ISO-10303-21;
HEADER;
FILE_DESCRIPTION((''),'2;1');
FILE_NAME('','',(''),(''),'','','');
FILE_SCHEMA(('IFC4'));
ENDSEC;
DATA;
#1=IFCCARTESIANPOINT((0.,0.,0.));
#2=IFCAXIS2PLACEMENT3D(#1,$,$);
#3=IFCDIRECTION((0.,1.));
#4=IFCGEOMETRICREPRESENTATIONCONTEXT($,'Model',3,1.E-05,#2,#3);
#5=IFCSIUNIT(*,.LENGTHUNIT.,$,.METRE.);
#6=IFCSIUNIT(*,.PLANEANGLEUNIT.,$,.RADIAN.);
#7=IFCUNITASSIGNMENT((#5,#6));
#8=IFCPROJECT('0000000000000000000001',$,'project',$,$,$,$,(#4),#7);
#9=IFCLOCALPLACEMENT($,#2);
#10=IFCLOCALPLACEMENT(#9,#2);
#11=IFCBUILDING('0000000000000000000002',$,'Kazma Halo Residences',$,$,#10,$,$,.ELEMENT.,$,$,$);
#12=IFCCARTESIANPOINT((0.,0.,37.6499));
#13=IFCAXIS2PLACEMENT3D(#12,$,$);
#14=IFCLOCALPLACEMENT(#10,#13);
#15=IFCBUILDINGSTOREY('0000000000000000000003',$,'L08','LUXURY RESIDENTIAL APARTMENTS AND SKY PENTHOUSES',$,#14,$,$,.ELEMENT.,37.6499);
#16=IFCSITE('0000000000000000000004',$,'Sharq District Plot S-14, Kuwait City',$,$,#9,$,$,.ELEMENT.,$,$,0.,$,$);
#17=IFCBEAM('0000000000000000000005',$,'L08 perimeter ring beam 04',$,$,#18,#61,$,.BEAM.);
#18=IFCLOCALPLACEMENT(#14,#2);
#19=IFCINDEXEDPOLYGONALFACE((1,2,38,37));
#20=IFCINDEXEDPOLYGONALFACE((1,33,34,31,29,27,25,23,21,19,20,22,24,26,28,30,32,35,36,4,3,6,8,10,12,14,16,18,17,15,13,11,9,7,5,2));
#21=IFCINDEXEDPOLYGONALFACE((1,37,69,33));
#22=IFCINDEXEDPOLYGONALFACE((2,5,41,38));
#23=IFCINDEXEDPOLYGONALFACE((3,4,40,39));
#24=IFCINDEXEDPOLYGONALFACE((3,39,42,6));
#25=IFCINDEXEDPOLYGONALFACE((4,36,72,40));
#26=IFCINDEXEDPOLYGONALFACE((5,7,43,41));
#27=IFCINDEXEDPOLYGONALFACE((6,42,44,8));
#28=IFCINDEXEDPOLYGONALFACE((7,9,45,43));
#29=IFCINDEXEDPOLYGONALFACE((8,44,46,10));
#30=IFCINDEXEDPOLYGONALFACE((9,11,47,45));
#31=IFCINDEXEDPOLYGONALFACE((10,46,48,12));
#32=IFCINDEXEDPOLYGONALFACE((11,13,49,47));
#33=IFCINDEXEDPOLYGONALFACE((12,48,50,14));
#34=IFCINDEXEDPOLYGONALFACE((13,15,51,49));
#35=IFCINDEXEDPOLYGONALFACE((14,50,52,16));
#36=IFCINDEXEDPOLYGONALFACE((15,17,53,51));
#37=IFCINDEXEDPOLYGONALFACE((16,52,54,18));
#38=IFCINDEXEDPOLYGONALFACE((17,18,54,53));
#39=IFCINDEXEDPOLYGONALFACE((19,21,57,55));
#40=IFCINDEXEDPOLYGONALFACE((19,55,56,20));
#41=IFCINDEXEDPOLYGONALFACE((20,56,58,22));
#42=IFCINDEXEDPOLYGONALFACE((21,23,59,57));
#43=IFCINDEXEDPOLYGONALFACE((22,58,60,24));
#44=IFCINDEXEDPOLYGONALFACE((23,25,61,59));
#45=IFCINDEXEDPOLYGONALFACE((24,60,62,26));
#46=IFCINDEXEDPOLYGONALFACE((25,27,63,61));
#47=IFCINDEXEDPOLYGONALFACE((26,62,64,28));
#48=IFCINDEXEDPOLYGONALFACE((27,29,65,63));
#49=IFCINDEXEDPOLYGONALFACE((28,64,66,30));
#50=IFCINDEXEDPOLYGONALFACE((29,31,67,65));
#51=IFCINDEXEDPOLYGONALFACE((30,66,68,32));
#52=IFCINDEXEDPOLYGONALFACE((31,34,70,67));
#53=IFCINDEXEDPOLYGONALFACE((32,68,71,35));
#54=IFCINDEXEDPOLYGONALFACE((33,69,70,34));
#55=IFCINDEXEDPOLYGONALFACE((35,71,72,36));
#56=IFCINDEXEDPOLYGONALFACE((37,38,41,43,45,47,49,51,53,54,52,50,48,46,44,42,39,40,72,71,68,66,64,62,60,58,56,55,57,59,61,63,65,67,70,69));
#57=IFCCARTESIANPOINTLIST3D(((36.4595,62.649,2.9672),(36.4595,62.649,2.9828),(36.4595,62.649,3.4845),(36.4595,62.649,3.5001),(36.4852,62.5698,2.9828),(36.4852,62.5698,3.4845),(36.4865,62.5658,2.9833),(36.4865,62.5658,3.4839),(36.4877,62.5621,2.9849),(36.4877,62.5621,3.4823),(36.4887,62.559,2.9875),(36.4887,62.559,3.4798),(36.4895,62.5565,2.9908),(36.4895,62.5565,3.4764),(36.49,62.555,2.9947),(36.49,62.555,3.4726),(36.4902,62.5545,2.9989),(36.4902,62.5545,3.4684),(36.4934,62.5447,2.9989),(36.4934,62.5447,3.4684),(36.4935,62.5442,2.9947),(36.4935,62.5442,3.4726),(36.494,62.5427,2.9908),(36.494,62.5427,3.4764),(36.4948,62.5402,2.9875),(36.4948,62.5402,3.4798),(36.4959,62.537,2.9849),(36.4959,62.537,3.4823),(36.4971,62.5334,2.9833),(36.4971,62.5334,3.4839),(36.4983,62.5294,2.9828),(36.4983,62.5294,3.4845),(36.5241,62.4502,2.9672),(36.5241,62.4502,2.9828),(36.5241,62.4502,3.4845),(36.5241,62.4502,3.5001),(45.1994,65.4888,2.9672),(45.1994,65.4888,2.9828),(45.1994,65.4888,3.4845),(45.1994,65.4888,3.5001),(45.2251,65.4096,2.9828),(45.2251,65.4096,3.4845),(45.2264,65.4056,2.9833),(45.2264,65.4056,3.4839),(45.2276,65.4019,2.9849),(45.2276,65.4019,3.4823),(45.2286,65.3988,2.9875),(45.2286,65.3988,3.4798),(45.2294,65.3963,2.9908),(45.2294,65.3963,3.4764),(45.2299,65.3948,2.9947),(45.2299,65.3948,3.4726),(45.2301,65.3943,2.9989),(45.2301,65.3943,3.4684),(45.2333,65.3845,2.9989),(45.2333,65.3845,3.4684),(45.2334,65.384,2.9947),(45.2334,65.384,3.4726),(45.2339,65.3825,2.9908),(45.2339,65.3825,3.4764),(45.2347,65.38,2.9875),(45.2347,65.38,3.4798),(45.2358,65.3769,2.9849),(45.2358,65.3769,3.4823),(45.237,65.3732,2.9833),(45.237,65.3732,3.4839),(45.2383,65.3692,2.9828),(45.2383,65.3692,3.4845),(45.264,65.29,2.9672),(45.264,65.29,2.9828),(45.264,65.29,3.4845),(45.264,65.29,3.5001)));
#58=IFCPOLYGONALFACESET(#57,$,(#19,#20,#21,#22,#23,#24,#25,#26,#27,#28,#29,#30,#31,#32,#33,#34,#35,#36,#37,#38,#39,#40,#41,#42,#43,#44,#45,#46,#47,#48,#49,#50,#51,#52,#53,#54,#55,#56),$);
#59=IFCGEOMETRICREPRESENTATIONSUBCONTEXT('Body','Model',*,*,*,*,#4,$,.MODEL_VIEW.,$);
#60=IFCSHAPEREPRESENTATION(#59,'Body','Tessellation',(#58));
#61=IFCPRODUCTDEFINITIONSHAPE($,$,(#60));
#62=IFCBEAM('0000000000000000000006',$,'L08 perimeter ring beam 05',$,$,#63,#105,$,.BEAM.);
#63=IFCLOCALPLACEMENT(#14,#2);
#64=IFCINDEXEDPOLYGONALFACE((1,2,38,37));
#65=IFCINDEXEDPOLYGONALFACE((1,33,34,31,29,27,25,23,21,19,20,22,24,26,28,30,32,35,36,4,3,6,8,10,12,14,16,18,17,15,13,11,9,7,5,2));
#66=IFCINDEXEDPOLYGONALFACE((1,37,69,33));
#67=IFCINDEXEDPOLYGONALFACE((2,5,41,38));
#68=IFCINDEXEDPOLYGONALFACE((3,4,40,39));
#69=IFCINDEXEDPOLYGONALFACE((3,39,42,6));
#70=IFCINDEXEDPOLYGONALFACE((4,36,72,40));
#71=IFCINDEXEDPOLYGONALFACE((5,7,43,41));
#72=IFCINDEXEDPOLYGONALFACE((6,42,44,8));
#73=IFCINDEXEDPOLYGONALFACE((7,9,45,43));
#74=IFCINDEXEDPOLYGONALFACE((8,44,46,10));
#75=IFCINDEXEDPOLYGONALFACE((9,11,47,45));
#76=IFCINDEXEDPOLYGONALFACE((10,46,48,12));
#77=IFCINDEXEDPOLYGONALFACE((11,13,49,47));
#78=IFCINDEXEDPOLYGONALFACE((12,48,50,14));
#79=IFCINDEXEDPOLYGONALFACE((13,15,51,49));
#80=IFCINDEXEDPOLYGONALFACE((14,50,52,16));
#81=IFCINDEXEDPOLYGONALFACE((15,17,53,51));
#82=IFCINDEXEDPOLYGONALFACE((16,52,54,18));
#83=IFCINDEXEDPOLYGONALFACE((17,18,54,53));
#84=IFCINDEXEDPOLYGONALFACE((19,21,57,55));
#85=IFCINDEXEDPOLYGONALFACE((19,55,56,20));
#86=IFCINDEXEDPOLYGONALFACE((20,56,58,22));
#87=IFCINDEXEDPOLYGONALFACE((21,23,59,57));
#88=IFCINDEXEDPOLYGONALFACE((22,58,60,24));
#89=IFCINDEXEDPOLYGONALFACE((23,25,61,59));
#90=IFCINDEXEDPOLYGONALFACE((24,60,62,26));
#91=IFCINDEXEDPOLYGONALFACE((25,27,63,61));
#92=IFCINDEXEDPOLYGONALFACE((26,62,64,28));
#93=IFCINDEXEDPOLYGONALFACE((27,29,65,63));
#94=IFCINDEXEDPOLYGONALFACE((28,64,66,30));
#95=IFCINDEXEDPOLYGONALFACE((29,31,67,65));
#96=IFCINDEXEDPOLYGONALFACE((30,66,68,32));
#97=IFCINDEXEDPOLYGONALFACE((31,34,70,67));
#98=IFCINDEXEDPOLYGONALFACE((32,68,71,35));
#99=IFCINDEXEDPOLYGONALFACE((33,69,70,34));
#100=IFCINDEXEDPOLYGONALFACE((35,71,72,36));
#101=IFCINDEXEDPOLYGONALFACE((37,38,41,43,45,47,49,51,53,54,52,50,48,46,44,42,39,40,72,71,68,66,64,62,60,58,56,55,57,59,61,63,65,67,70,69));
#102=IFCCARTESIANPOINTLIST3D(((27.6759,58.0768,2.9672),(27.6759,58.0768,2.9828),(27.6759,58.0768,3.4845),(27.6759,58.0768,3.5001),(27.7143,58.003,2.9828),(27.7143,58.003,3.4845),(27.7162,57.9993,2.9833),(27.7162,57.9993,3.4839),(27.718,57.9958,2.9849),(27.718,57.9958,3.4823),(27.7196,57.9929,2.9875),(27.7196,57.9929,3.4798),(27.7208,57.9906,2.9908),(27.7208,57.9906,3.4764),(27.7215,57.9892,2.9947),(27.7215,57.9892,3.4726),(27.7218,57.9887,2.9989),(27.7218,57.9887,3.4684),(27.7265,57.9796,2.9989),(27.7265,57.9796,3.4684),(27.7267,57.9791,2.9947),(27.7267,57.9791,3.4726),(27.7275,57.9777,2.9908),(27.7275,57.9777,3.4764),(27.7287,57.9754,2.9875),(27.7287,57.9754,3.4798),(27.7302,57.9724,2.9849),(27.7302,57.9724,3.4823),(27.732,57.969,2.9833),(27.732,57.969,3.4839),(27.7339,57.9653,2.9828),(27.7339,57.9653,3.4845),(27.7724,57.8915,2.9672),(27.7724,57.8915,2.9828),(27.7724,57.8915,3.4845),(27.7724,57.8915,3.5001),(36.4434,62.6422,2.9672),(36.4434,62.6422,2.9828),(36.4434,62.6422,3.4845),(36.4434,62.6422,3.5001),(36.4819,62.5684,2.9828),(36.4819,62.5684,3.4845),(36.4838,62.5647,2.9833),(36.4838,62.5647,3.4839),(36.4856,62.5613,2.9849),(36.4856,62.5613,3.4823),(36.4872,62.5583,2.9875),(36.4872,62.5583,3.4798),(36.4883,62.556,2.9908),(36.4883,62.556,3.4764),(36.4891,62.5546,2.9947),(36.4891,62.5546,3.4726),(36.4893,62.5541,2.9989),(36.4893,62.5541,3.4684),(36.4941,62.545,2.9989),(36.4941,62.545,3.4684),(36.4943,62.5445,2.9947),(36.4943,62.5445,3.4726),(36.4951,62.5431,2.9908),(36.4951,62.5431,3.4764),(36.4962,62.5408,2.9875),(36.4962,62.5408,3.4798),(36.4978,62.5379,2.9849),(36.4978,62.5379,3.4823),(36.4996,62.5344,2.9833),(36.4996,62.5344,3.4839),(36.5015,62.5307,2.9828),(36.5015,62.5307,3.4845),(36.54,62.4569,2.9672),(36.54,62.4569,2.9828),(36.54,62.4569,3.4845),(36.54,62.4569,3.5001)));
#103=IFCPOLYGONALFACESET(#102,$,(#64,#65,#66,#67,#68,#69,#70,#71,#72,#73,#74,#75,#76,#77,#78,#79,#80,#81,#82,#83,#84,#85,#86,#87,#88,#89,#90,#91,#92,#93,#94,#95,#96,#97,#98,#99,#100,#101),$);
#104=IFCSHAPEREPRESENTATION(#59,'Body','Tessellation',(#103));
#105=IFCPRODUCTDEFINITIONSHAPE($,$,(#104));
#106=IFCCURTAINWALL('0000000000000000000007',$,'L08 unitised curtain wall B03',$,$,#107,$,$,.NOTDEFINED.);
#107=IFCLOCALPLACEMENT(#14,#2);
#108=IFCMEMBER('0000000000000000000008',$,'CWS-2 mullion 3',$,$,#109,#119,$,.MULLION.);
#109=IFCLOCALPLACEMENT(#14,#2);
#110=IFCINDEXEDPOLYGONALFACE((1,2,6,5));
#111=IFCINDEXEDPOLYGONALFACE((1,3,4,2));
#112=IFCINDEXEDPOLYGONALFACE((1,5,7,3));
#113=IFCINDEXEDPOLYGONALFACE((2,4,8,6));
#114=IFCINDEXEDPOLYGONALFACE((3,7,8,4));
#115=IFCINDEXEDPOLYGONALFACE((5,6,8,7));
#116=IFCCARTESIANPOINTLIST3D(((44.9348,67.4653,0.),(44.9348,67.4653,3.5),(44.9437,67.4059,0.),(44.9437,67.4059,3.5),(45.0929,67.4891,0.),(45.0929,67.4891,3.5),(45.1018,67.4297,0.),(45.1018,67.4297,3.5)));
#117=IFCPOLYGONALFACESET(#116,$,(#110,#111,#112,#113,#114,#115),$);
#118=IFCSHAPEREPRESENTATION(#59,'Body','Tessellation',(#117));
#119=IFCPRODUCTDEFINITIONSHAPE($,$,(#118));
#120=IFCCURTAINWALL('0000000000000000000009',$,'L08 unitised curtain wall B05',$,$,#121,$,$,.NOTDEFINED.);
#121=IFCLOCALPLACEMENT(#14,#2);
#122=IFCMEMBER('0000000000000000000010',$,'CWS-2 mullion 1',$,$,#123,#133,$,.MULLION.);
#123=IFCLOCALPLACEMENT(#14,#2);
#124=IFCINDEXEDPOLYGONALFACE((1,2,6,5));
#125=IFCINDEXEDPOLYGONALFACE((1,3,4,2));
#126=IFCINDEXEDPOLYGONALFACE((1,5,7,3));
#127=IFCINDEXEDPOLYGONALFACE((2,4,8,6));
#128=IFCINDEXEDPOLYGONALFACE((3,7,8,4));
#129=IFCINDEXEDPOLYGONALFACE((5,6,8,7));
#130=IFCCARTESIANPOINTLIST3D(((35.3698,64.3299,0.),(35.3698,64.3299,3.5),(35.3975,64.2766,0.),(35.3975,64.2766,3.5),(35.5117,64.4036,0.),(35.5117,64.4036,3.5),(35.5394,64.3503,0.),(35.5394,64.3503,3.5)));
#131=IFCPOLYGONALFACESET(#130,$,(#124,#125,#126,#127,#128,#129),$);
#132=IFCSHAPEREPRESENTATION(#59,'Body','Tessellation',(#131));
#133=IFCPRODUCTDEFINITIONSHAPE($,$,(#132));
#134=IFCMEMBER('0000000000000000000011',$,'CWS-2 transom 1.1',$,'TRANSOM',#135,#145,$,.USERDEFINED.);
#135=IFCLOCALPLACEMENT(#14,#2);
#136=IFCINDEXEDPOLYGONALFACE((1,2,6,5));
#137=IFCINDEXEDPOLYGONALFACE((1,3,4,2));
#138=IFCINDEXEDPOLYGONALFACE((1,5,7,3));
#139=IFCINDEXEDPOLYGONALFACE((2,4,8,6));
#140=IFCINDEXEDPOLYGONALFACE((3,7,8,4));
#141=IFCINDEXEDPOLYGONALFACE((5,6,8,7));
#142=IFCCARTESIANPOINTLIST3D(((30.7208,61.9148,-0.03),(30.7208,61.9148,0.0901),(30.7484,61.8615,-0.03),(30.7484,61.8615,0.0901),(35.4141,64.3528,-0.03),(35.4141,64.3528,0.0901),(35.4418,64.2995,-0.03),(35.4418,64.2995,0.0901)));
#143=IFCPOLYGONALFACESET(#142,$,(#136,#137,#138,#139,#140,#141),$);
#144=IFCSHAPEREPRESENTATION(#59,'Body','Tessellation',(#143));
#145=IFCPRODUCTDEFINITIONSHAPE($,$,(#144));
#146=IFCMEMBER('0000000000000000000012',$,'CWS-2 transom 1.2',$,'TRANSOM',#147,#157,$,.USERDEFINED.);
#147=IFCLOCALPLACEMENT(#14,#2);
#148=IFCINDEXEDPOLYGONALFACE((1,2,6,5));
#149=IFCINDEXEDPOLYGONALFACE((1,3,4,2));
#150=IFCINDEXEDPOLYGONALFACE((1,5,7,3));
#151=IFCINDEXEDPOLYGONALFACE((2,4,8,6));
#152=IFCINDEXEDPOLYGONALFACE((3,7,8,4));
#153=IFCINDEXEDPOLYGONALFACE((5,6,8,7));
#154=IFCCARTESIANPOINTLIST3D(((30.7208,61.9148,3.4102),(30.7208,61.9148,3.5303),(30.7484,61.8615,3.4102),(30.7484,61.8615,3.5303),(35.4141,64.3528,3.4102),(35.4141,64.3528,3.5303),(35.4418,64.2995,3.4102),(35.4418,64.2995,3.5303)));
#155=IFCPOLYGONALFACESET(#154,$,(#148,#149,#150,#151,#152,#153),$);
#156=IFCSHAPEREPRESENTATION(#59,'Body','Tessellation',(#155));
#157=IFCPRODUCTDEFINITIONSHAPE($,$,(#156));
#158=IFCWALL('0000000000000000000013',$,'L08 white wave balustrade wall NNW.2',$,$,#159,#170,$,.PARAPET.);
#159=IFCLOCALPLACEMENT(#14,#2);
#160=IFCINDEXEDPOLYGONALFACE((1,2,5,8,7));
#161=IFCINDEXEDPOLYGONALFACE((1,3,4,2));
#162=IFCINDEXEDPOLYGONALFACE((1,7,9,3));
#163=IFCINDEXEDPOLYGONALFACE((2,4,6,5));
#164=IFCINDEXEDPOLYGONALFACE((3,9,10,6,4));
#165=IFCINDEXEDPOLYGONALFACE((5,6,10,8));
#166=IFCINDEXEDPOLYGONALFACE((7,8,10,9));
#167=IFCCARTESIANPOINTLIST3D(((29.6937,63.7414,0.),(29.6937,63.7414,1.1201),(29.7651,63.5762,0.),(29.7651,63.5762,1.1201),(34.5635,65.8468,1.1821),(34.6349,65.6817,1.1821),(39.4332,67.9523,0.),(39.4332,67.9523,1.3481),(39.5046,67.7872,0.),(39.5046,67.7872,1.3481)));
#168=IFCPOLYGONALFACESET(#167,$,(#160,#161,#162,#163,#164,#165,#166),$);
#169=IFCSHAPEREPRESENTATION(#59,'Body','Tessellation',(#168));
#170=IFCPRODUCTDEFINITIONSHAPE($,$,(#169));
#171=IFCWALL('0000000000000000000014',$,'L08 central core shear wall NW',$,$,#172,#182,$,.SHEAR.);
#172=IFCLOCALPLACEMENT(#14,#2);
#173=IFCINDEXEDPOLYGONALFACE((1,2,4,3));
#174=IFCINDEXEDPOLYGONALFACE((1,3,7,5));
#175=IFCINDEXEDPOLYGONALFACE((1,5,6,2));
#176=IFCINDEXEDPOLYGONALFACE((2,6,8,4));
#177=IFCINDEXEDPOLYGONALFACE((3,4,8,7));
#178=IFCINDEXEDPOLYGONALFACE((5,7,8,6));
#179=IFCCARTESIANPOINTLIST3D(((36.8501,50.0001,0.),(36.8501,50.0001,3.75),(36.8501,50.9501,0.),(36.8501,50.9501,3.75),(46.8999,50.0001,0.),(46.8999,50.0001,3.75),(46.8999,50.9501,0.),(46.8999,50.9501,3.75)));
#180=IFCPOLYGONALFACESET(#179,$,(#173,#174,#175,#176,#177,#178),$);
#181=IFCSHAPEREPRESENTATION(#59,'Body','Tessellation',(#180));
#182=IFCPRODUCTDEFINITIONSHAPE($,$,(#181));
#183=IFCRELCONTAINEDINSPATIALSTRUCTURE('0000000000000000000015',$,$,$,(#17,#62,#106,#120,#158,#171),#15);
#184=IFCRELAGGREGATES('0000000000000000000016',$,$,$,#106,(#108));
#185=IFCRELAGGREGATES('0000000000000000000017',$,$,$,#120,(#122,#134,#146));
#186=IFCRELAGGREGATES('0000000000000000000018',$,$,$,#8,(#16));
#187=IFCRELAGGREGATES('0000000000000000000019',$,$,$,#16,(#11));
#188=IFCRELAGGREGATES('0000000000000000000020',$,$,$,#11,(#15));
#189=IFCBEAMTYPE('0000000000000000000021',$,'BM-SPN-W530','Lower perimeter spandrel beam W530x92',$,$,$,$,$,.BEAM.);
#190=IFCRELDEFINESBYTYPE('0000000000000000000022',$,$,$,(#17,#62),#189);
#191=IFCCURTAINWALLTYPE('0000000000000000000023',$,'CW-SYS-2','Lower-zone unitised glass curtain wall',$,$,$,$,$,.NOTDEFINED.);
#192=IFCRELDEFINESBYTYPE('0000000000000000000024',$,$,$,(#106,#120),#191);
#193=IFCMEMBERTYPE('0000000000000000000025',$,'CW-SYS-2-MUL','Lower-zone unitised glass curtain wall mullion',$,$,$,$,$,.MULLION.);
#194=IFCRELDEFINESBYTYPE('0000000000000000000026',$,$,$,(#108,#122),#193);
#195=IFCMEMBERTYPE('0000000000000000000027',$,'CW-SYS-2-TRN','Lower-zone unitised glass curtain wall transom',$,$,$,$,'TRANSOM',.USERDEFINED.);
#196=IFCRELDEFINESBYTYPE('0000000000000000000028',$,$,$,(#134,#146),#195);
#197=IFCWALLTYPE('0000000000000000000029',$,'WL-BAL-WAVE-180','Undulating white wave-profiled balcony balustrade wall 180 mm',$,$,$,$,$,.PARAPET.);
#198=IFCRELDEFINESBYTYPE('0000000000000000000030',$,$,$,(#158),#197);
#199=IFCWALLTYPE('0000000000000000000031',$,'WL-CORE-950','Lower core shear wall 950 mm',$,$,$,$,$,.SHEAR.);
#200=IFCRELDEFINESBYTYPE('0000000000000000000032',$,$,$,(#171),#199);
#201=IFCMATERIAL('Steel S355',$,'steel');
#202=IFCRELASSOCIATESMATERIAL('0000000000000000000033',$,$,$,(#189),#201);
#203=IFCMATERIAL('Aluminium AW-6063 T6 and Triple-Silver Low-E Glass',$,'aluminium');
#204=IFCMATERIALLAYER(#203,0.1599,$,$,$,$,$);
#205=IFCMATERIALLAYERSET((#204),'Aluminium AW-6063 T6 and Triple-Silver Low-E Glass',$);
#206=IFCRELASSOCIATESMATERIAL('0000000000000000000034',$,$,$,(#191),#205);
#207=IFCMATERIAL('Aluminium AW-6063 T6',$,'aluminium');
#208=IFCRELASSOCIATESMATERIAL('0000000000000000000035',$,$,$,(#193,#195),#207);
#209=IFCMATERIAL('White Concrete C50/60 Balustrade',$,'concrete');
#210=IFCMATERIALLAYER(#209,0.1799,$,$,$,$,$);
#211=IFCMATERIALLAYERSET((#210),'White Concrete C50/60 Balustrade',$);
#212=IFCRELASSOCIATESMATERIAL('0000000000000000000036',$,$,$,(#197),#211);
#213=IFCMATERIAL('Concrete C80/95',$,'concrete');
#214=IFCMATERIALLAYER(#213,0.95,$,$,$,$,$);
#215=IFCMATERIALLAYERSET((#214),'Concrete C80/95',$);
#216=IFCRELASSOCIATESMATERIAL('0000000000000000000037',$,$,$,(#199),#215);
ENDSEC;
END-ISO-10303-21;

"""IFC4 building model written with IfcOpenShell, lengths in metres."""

from ifc_helpers import new_model, si_unit, direction, frame, frame_2d, origin, origin_2d, place, context, subcontext, project, spatial, polyline, rectangle, i_section, outline, extrude, material, layer, layer_set, material_profile, profile_set, type_object, element, aggregate, save


model = new_model("IFC4")

# Units and contexts
model_context = context("Model", 3, precision=1e-05, world=origin(), true_north=direction((0.0, 1.0)))
body_context = subcontext(model_context, "Body", "Model", "MODEL_VIEW")
ifc_project = project(units=[si_unit("LENGTHUNIT", "METRE"), si_unit("PLANEANGLEUNIT", "RADIAN")], contexts=[model_context])

# Site, building, storey
site_placement = place(None, origin())
site = spatial("IfcSite", under=ifc_project, at=site_placement, Name="Sharq District Plot S-14, Kuwait City", CompositionType="ELEMENT", RefElevation=0.0)
building_placement = place(site_placement, origin())
building = spatial("IfcBuilding", under=site, at=building_placement, Name="Kazma Halo Residences", CompositionType="ELEMENT")
storey_placement = place(building_placement, frame((0.0, 0.0, 37.6499)))
storey = spatial("IfcBuildingStorey", under=building, at=storey_placement, Name="L08", Description="LUXURY RESIDENTIAL APARTMENTS AND SKY PENTHOUSES", CompositionType="ELEMENT", Elevation=37.6499)

# Shared definitions
ifc_material_1 = material(Name="Concrete C80/95", Category="concrete")

# Beams
ifc_material_2 = material(Name="Steel S355", Category="steel")
ifc_material_profile_1 = material_profile(ifc_material_2, i_section(OverallWidth=0.209, OverallDepth=0.533, WebThickness=0.0103, FlangeThickness=0.0156, FilletRadius=0.0161, at=origin_2d()), Name="W530x92")
ifc_profile_set_1 = profile_set([ifc_material_profile_1], Name="Steel S355")
beam_type_1 = type_object("IfcBeamType", Name="BM-SPN-W530", Description="Lower perimeter spandrel beam W530x92", PredefinedType="BEAM", material=ifc_profile_set_1)
beam_1_placement = place(storey_placement, frame((45.2317, 65.3894, 3.2336), z_axis=(-0.951055, -0.309022, 0.0), x_axis=(0.309022, -0.951055, 0.0)))
element("IfcBeam", 1, at=beam_1_placement, inside=storey, type_object=beam_type_1, Name="L08 perimeter ring beam 04", PredefinedType="BEAM", context=body_context, shape_type="SweptSolid", body=[
    extrude(i_section(OverallWidth=0.209, OverallDepth=0.533, WebThickness=0.0103, FlangeThickness=0.0156, FilletRadius=0.0161, at=origin_2d()), origin(), (0.0, 0.0, 1.0), 9.1897),
])
beam_2_placement = place(storey_placement, frame((36.4917, 62.5496, 3.2336), z_axis=(-0.886956, -0.461853, 0.0), x_axis=(0.461853, -0.886956, 0.0)))
element("IfcBeam", 2, at=beam_2_placement, inside=storey, type_object=beam_type_1, Name="L08 perimeter ring beam 05", PredefinedType="BEAM", context=body_context, shape_type="SweptSolid", body=[
    extrude(i_section(OverallWidth=0.209, OverallDepth=0.533, WebThickness=0.0103, FlangeThickness=0.0156, FilletRadius=0.0161, at=origin_2d()), origin(), (0.0, 0.0, 1.0), 9.885),
])

# Curtain wall, member
ifc_material_3 = material(Name="Aluminium AW-6063 T6 and Triple-Silver Low-E Glass", Category="aluminium")
ifc_layer_1 = layer(ifc_material_3, 0.1599)
ifc_layer_set_1 = layer_set([ifc_layer_1], Name="Aluminium AW-6063 T6 and Triple-Silver Low-E Glass")
curtain_wall_type = type_object("IfcCurtainWallType", Name="CW-SYS-2", Description="Lower-zone unitised glass curtain wall", PredefinedType="NOTDEFINED", material=ifc_layer_set_1)
curtain_wall_1_placement = place(storey_placement, origin())
curtain_wall_1 = element("IfcCurtainWall", 3, at=curtain_wall_1_placement, inside=storey, type_object=curtain_wall_type, Name="L08 unitised curtain wall B03", PredefinedType="NOTDEFINED")
ifc_material_4 = material(Name="Aluminium AW-6063 T6", Category="aluminium")
ifc_material_profile_2 = material_profile(ifc_material_4, rectangle(XDim=0.0601, YDim=0.1599, at=origin_2d()), Name="CWM-60x160")
ifc_profile_set_2 = profile_set([ifc_material_profile_2], Name="Aluminium AW-6063 T6")
member_type_1 = type_object("IfcMemberType", Name="CW-SYS-2-MUL", Description="Lower-zone unitised glass curtain wall mullion", PredefinedType="MULLION", material=ifc_profile_set_2)
member_1_placement = place(storey_placement, frame((45.0183, 67.4475, 0.0), z_axis=(0.0, 0.0, 1.0), x_axis=(0.148657, -0.988889, 0.0)))
member_1 = element("IfcMember", 4, at=member_1_placement, type_object=member_type_1, Name="CWS-2 mullion 3", PredefinedType="MULLION", context=body_context, shape_type="SweptSolid", body=[
    extrude(rectangle(XDim=0.0601, YDim=0.1599, at=origin_2d()), origin(), (0.0, 0.0, 1.0), 3.5),
])
aggregate(curtain_wall_1, [member_1])

# Curtain wall, members
curtain_wall_2_placement = place(storey_placement, origin())
curtain_wall_2 = element("IfcCurtainWall", 5, at=curtain_wall_2_placement, inside=storey, type_object=curtain_wall_type, Name="L08 unitised curtain wall B05", PredefinedType="NOTDEFINED")
member_2_placement = place(storey_placement, frame((35.4546, 64.3401, 0.0), z_axis=(0.0, 0.0, 1.0), x_axis=(0.460996, -0.887402, 0.0)))
member_2 = element("IfcMember", 6, at=member_2_placement, type_object=member_type_1, Name="CWS-2 mullion 1", PredefinedType="MULLION", context=body_context, shape_type="SweptSolid", body=[
    extrude(rectangle(XDim=0.0601, YDim=0.1599, at=origin_2d()), origin(), (0.0, 0.0, 1.0), 3.5),
])
ifc_material_profile_3 = material_profile(ifc_material_4, rectangle(XDim=0.0601, YDim=0.1201, at=origin_2d()), Name="CWT-60x120")
ifc_profile_set_3 = profile_set([ifc_material_profile_3], Name="Aluminium AW-6063 T6")
member_type_2 = type_object("IfcMemberType", Name="CW-SYS-2-TRN", Description="Lower-zone unitised glass curtain wall transom", ElementType="TRANSOM", PredefinedType="USERDEFINED", material=ifc_profile_set_3)
member_3_placement = place(storey_placement, frame((35.428, 64.3262, 0.03), z_axis=(-0.887415, -0.460972, 0.0), x_axis=(0.460972, -0.887415, 0.0)))
member_3 = element("IfcMember", 7, at=member_3_placement, type_object=member_type_2, Name="CWS-2 transom 1.1", ObjectType="TRANSOM", PredefinedType="USERDEFINED", context=body_context, shape_type="SweptSolid", body=[
    extrude(rectangle(XDim=0.0601, YDim=0.1201, at=origin_2d()), origin(), (0.0, 0.0, 1.0), 5.2888),
])
member_4_placement = place(storey_placement, frame((35.428, 64.3262, 3.4702), z_axis=(-0.887415, -0.460972, 0.0), x_axis=(0.460972, -0.887415, 0.0)))
member_4 = element("IfcMember", 8, at=member_4_placement, type_object=member_type_2, Name="CWS-2 transom 1.2", ObjectType="TRANSOM", PredefinedType="USERDEFINED", context=body_context, shape_type="SweptSolid", body=[
    extrude(rectangle(XDim=0.0601, YDim=0.1201, at=origin_2d()), origin(), (0.0, 0.0, 1.0), 5.2888),
])
aggregate(curtain_wall_2, [member_2, member_3, member_4])

# Walls
ifc_material_5 = material(Name="White Concrete C50/60 Balustrade", Category="concrete")
ifc_layer_2 = layer(ifc_material_5, 0.1799)
ifc_layer_set_2 = layer_set([ifc_layer_2], Name="White Concrete C50/60 Balustrade")
wall_type_1 = type_object("IfcWallType", Name="WL-BAL-WAVE-180", Description="Undulating white wave-profiled balcony balustrade wall 180 mm", PredefinedType="PARAPET", material=ifc_layer_set_2)
wall_1_placement = place(storey_placement, frame((39.469, 67.8696, 0.0), z_axis=(0.0, 0.0, 1.0), x_axis=(-0.917882, -0.396852, 0.0)))
element("IfcWall", 9, at=wall_1_placement, inside=storey, type_object=wall_type_1, Name="L08 white wave balustrade wall NNW.2", PredefinedType="PARAPET", context=body_context, shape_type="SweptSolid", body=[
    extrude(outline(polyline([(0.0, 0.0), (10.6108, 0.0), (10.6108, 1.1201), (5.3054, 1.1821), (0.0, 1.3481), (0.0, 0.0)])), frame((0.0, 0.0898, 0.0), z_axis=(0.0, -1.0, 0.0), x_axis=(1.0, 0.0, 0.0)), (0.0, 0.0, 1.0), 0.1799),
])
ifc_layer_3 = layer(ifc_material_1, 0.95)
ifc_layer_set_3 = layer_set([ifc_layer_3], Name="Concrete C80/95")
wall_type_2 = type_object("IfcWallType", Name="WL-CORE-950", Description="Lower core shear wall 950 mm", PredefinedType="SHEAR", material=ifc_layer_set_3)
wall_2_placement = place(storey_placement, frame((36.8501, 50.4751, 0.0), z_axis=(0.0, 0.0, 1.0), x_axis=(1.0, 0.0, 0.0)))
element("IfcWall", 10, at=wall_2_placement, inside=storey, type_object=wall_type_2, Name="L08 central core shear wall NW", PredefinedType="SHEAR", context=body_context, shape_type="SweptSolid", body=[
    extrude(rectangle(XDim=10.0498, YDim=0.95, at=frame_2d((5.0249, 0.0))), origin(), (0.0, 0.0, 1.0), 3.75),
])

save(model, "model.ifc")
